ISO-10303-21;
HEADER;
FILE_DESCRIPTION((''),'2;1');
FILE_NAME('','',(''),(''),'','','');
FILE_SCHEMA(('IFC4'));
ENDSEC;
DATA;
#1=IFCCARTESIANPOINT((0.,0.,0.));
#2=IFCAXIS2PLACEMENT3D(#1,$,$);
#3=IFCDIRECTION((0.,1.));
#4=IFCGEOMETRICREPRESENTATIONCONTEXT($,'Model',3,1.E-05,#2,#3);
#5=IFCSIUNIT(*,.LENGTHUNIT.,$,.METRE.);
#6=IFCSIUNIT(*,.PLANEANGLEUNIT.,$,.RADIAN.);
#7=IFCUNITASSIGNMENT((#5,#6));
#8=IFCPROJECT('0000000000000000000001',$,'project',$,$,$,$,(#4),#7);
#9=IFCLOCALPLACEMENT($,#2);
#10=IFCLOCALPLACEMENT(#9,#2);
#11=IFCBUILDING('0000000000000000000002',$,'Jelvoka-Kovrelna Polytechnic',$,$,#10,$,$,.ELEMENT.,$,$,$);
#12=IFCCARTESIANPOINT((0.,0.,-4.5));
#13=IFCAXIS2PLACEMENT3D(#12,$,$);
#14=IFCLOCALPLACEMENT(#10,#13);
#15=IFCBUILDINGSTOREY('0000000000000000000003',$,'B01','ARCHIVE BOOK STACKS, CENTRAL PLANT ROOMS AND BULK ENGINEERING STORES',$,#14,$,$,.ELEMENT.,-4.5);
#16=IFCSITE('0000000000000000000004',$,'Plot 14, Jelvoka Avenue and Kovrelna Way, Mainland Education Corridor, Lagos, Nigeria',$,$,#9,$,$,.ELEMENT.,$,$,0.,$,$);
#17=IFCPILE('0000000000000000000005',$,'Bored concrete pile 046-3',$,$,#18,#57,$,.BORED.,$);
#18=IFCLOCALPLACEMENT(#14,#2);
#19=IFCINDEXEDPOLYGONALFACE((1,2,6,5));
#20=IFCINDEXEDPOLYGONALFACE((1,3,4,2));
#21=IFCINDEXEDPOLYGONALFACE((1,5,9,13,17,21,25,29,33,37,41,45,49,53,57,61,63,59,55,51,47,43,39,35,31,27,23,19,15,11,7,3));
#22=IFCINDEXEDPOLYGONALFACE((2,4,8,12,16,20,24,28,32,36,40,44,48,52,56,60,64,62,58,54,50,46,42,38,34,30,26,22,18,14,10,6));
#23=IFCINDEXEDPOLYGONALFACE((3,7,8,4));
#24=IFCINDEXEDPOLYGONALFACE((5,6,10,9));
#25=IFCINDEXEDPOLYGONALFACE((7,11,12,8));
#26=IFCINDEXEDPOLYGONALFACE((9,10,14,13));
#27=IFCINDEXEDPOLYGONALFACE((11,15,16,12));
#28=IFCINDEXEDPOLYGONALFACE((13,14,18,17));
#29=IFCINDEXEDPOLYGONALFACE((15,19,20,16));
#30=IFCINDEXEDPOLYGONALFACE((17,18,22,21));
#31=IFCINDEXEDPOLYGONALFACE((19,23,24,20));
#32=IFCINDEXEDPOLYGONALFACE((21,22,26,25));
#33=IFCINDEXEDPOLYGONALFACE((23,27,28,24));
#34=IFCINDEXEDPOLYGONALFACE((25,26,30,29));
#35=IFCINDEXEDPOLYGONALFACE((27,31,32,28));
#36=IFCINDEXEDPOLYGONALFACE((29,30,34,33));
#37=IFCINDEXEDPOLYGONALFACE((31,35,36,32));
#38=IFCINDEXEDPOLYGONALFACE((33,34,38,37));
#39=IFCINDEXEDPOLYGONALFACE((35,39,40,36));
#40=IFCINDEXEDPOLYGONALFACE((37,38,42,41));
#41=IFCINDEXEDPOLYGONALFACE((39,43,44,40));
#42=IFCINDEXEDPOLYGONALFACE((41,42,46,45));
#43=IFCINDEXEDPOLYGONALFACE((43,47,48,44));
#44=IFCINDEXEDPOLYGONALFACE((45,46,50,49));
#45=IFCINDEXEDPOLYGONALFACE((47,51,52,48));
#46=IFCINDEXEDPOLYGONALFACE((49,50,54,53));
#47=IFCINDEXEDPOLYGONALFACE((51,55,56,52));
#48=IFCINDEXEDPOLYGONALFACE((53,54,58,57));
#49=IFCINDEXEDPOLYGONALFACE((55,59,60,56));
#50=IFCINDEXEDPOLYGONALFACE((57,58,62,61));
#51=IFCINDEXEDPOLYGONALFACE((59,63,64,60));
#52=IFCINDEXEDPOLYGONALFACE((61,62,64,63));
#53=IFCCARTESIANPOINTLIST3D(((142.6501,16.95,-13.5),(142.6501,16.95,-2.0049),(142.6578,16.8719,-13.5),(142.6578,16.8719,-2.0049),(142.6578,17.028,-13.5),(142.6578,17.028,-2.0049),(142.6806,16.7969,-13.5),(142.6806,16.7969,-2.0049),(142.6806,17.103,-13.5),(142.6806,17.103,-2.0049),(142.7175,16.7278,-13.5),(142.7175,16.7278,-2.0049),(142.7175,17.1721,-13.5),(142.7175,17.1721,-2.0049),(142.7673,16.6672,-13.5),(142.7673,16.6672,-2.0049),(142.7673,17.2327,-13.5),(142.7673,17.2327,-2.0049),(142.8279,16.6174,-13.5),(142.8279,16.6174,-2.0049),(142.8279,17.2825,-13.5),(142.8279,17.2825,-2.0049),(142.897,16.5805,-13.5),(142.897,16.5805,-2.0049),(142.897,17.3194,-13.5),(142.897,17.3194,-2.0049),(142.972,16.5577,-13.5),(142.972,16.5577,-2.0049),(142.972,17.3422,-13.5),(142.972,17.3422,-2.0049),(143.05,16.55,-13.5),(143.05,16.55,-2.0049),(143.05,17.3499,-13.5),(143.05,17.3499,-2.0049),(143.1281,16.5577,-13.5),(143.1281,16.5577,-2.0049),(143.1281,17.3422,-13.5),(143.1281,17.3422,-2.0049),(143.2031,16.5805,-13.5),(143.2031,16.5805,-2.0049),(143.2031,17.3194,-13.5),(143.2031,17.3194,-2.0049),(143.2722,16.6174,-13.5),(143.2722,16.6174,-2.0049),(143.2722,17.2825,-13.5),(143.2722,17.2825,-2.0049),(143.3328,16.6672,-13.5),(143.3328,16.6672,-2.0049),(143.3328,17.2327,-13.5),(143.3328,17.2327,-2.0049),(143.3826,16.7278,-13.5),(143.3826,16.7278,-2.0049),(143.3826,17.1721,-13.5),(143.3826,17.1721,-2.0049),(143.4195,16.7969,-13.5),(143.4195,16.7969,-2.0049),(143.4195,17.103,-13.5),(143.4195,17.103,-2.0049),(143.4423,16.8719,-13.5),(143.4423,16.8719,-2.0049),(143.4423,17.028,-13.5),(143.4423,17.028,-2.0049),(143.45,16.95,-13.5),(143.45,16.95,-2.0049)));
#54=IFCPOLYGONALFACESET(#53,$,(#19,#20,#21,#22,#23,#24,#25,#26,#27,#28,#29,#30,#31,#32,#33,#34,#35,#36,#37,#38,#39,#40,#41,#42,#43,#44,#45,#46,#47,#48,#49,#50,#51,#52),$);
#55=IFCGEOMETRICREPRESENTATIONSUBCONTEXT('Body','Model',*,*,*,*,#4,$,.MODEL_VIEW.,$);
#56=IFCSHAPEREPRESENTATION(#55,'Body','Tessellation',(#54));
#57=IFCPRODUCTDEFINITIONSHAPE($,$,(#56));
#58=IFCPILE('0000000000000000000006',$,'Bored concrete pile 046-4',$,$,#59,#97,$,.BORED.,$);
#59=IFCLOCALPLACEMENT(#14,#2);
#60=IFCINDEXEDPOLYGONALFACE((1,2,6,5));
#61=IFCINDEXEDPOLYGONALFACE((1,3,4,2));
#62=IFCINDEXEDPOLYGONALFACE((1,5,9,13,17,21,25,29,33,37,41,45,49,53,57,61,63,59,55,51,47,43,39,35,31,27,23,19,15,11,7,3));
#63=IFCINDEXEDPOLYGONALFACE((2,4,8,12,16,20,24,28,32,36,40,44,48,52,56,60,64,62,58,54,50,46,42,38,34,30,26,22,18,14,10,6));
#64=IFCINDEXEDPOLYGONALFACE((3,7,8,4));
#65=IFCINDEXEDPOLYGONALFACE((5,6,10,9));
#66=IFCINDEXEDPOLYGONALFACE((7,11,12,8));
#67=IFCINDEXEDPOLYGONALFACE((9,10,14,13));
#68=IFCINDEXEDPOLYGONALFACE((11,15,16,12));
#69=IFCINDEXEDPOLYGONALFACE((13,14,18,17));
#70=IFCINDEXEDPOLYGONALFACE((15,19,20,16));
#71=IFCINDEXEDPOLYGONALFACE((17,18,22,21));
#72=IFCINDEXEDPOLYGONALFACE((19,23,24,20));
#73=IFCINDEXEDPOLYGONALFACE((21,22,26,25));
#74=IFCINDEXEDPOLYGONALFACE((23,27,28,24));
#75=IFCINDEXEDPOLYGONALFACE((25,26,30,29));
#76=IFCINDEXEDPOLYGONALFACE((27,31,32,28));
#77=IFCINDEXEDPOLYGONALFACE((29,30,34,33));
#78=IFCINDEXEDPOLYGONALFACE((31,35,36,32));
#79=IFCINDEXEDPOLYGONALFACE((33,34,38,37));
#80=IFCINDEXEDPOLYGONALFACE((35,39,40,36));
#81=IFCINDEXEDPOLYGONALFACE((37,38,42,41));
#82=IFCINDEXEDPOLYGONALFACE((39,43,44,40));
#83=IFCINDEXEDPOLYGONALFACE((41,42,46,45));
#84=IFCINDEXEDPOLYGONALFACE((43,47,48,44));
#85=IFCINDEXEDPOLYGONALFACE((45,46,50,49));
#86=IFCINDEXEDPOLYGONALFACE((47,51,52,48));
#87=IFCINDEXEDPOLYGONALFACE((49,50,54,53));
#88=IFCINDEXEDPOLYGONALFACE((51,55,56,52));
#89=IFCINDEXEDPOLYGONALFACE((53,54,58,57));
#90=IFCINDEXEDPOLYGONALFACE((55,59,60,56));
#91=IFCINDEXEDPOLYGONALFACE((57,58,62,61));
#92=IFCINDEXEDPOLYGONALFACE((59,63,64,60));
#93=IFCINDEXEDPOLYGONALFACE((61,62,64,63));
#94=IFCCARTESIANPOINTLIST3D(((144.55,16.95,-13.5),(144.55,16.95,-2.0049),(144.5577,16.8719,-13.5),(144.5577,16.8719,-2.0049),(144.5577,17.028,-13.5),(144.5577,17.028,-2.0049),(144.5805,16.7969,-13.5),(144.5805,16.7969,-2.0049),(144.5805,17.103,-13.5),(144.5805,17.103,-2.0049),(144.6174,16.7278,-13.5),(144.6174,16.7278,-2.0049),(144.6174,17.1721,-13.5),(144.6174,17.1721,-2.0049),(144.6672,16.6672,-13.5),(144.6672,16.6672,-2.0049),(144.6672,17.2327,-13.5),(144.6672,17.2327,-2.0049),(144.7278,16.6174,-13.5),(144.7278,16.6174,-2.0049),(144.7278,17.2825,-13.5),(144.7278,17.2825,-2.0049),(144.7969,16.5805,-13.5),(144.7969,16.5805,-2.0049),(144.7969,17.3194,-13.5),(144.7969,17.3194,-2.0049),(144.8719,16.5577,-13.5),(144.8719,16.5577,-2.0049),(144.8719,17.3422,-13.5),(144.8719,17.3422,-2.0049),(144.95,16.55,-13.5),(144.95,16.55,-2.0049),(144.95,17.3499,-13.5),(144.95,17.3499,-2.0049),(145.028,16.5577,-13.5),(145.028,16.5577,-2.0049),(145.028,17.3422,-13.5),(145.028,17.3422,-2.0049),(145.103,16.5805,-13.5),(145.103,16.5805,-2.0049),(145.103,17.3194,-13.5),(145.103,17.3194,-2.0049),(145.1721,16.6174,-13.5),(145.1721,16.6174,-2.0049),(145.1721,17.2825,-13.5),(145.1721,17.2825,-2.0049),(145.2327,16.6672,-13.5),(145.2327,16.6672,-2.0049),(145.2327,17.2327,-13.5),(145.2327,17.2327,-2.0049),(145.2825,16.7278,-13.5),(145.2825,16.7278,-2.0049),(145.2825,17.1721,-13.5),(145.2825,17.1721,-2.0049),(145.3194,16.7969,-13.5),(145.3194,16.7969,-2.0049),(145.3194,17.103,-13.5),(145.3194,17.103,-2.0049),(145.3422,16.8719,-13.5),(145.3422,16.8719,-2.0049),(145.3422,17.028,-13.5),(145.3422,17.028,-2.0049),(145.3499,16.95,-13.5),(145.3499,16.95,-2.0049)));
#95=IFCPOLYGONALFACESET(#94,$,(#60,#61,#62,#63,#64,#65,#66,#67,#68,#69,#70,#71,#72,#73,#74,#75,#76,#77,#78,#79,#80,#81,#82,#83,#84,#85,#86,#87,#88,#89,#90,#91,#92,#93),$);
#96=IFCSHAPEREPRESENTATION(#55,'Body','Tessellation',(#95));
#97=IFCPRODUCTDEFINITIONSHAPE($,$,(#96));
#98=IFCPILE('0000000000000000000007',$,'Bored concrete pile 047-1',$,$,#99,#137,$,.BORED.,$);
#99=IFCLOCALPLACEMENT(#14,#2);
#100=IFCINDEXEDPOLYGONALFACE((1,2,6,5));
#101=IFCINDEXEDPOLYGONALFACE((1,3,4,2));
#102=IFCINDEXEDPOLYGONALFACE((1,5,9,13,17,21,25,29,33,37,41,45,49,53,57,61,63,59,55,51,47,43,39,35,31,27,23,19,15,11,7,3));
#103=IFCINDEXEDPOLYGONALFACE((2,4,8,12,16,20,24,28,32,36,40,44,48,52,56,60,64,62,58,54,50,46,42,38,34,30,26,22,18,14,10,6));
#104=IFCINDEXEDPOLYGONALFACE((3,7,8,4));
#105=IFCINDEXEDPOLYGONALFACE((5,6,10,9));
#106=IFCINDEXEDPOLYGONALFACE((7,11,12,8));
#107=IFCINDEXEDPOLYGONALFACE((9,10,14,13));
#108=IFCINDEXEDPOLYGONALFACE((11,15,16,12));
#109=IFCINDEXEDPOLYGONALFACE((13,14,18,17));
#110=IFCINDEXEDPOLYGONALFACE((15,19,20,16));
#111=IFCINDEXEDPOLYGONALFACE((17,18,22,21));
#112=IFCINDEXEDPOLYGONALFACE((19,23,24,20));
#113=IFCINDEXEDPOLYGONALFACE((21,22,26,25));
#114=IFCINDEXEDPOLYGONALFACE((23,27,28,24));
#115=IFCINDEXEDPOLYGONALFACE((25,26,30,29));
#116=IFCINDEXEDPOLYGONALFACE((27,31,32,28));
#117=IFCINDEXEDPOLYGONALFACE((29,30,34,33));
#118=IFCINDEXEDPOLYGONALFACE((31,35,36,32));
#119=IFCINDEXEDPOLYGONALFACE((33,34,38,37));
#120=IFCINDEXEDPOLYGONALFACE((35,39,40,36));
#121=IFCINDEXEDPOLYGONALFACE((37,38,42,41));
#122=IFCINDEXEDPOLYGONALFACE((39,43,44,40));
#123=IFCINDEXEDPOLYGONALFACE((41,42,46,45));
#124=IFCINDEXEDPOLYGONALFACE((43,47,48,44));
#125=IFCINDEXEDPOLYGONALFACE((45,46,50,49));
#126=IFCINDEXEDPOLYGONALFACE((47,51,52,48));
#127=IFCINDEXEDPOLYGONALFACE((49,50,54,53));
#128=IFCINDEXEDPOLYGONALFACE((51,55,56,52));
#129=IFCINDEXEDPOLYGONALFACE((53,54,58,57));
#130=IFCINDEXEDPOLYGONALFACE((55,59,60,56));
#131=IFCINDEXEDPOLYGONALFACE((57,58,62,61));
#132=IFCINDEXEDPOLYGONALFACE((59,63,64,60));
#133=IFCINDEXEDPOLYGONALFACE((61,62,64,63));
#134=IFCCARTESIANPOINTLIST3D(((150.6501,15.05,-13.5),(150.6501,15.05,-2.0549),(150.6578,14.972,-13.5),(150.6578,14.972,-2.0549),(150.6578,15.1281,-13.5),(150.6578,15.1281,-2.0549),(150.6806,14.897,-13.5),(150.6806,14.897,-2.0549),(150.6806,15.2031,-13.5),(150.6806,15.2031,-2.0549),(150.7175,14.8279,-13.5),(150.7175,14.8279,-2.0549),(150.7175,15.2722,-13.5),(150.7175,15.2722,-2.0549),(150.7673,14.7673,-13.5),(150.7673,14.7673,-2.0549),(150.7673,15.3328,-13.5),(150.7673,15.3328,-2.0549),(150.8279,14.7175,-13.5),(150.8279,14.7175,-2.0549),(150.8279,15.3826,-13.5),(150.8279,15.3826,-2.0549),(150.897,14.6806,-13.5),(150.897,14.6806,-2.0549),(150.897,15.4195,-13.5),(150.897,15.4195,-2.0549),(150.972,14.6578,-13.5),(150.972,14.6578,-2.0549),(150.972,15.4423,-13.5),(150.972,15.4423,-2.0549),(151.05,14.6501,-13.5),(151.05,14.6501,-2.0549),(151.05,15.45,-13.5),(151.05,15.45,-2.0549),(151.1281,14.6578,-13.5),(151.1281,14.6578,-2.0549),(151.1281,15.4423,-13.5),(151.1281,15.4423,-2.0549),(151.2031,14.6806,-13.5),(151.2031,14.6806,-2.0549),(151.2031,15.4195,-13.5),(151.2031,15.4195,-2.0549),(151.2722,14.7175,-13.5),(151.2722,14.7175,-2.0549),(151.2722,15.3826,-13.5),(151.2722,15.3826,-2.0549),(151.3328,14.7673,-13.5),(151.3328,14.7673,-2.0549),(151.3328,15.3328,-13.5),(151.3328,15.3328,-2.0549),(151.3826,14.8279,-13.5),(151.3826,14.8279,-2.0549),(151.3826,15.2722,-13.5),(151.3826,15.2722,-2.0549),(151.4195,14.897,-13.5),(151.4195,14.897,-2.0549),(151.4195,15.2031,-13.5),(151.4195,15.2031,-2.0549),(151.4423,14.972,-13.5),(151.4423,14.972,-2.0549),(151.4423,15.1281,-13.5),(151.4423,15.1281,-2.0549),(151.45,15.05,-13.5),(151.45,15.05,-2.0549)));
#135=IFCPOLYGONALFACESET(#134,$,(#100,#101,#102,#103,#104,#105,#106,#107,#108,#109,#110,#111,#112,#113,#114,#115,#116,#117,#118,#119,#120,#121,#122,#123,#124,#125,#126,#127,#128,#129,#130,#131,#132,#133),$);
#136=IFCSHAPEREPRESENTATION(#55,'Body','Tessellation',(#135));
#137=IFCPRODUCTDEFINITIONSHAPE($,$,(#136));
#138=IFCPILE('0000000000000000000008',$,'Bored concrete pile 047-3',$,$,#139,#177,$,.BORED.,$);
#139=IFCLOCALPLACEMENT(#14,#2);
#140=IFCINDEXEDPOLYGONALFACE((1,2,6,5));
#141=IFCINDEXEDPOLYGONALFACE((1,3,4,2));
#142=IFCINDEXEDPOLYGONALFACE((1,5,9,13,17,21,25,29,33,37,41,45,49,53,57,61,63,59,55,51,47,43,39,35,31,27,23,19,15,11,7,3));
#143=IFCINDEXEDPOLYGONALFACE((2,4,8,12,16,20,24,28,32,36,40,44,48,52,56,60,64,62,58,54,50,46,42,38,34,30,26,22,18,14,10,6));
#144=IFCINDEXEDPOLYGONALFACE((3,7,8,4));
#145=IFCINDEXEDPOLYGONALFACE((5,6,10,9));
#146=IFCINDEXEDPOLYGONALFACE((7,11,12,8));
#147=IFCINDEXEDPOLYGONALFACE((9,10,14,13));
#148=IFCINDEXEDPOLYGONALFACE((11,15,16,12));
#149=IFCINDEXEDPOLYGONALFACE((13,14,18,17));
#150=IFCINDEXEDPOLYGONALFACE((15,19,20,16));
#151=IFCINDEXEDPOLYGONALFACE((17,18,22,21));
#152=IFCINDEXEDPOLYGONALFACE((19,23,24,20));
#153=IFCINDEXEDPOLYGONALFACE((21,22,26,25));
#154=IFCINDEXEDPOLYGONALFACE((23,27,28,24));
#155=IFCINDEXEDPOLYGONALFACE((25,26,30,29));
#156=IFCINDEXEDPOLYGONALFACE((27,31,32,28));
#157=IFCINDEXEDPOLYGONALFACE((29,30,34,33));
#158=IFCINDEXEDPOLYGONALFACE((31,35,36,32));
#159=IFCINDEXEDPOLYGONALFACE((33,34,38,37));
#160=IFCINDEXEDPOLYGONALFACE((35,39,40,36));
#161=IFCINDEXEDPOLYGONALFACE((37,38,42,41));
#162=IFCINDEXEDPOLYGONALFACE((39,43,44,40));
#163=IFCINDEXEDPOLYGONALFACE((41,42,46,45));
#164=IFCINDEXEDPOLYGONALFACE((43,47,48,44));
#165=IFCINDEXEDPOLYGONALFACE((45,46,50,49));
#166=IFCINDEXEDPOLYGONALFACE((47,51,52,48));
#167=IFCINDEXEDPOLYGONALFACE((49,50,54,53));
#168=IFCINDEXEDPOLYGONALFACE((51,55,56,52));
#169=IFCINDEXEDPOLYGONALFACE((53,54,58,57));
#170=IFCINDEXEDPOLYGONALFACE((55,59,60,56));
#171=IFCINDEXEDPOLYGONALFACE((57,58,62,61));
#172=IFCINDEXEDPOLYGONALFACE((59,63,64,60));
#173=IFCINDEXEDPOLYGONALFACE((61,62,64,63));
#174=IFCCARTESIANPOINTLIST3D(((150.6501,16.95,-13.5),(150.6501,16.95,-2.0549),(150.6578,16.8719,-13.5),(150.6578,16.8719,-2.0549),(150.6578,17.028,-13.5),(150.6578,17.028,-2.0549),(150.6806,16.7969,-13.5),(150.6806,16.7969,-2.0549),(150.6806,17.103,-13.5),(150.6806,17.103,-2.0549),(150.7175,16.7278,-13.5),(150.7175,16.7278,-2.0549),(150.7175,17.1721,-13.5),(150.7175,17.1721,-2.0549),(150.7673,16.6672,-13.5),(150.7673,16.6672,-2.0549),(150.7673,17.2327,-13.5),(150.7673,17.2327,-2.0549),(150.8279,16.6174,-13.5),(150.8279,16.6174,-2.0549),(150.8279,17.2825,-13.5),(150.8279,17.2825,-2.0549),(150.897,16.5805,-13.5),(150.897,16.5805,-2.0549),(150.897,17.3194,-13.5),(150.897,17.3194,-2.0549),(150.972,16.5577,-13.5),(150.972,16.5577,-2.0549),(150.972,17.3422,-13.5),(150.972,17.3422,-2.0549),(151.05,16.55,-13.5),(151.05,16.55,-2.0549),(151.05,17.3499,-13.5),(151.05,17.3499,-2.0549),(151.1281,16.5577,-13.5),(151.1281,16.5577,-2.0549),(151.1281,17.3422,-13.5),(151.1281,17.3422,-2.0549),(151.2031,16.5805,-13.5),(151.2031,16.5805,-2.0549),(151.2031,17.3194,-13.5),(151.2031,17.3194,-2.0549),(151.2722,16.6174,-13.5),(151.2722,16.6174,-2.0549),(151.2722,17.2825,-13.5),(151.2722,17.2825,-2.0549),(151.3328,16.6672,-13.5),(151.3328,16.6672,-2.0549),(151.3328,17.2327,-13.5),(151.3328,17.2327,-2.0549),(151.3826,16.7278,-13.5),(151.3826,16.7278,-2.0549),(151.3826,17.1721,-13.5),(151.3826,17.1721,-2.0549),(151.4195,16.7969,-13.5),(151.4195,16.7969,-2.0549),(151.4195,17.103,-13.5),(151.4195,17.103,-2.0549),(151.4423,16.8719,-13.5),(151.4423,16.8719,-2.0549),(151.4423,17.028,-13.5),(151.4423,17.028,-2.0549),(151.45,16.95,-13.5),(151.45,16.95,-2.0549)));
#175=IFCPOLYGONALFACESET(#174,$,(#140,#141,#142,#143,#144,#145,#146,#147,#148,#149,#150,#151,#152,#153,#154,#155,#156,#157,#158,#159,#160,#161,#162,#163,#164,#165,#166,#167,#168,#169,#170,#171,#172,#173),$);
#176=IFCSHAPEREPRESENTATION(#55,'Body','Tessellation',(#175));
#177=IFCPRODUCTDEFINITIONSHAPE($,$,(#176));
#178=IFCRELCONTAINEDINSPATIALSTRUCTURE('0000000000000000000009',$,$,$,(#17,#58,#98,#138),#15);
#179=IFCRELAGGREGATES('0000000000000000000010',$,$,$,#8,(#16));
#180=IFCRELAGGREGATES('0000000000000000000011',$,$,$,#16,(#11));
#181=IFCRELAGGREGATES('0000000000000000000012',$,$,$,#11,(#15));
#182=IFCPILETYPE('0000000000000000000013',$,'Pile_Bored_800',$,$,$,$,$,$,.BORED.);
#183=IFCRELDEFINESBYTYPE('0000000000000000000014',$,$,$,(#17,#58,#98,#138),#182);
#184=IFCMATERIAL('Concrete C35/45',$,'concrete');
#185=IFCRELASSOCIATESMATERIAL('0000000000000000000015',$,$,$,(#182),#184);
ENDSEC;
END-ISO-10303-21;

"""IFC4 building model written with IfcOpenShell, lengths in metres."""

from ifc_helpers import new_model, si_unit, direction, frame, origin, origin_2d, place, context, subcontext, project, spatial, circle, extrude, material, material_profile, profile_set, type_object, element, save


model = new_model("IFC4")

# Units and contexts
model_context = context("Model", 3, precision=1e-05, world=origin(), true_north=direction((0.0, 1.0)))
body_context = subcontext(model_context, "Body", "Model", "MODEL_VIEW")
ifc_project = project(units=[si_unit("LENGTHUNIT", "METRE"), si_unit("PLANEANGLEUNIT", "RADIAN")], contexts=[model_context])

# Site, building, storey
site_placement = place(None, origin())
site = spatial("IfcSite", under=ifc_project, at=site_placement, Name="Plot 14, Jelvoka Avenue and Kovrelna Way, Mainland Education Corridor, Lagos, Nigeria", CompositionType="ELEMENT", RefElevation=0.0)
building_placement = place(site_placement, origin())
building = spatial("IfcBuilding", under=site, at=building_placement, Name="Jelvoka-Kovrelna Polytechnic", CompositionType="ELEMENT")
storey_placement = place(building_placement, frame((0.0, 0.0, -4.5)))
storey = spatial("IfcBuildingStorey", under=building, at=storey_placement, Name="B01", Description="ARCHIVE BOOK STACKS, CENTRAL PLANT ROOMS AND BULK ENGINEERING STORES", CompositionType="ELEMENT", Elevation=-4.5)

# Piles
ifc_material_1 = material(Name="Concrete C35/45", Category="concrete")
ifc_material_profile_1 = material_profile(ifc_material_1, circle(Radius=0.3999, at=origin_2d()), Name="PILE D800")
ifc_profile_set_1 = profile_set([ifc_material_profile_1], Name="Concrete C35/45")
pile_type = type_object("IfcPileType", Name="Pile_Bored_800", PredefinedType="BORED", material=ifc_profile_set_1)
for number, where, z_axis, x_axis, name in (
    (1, (143.05, 16.95, -2.0049), (0.0, 0.0, -1.0), (1.0, 0.0, 0.0), "Bored concrete pile 046-3"),
    (2, (144.95, 16.95, -2.0049), (0.0, 0.0, -1.0), (1.0, 0.0, 0.0), "Bored concrete pile 046-4"),
):
    element("IfcPile", number, at=place(storey_placement, frame(where, z_axis=z_axis, x_axis=x_axis)), inside=storey, type_object=pile_type, Name=name, PredefinedType="BORED", context=body_context, shape_type="SweptSolid", body=[
        extrude(circle(Radius=0.3999, at=origin_2d()), origin(), (0.0, 0.0, 1.0), 11.4951),
    ])
for number, where, z_axis, x_axis, name in (
    (3, (151.05, 15.05, -2.0549), (0.0, 0.0, -1.0), (1.0, 0.0, 0.0), "Bored concrete pile 047-1"),
    (4, (151.05, 16.95, -2.0549), (0.0, 0.0, -1.0), (1.0, 0.0, 0.0), "Bored concrete pile 047-3"),
):
    element("IfcPile", number, at=place(storey_placement, frame(where, z_axis=z_axis, x_axis=x_axis)), inside=storey, type_object=pile_type, Name=name, PredefinedType="BORED", context=body_context, shape_type="SweptSolid", body=[
        extrude(circle(Radius=0.3999, at=origin_2d()), origin(), (0.0, 0.0, 1.0), 11.4451),
    ])

save(model, "model.ifc")
